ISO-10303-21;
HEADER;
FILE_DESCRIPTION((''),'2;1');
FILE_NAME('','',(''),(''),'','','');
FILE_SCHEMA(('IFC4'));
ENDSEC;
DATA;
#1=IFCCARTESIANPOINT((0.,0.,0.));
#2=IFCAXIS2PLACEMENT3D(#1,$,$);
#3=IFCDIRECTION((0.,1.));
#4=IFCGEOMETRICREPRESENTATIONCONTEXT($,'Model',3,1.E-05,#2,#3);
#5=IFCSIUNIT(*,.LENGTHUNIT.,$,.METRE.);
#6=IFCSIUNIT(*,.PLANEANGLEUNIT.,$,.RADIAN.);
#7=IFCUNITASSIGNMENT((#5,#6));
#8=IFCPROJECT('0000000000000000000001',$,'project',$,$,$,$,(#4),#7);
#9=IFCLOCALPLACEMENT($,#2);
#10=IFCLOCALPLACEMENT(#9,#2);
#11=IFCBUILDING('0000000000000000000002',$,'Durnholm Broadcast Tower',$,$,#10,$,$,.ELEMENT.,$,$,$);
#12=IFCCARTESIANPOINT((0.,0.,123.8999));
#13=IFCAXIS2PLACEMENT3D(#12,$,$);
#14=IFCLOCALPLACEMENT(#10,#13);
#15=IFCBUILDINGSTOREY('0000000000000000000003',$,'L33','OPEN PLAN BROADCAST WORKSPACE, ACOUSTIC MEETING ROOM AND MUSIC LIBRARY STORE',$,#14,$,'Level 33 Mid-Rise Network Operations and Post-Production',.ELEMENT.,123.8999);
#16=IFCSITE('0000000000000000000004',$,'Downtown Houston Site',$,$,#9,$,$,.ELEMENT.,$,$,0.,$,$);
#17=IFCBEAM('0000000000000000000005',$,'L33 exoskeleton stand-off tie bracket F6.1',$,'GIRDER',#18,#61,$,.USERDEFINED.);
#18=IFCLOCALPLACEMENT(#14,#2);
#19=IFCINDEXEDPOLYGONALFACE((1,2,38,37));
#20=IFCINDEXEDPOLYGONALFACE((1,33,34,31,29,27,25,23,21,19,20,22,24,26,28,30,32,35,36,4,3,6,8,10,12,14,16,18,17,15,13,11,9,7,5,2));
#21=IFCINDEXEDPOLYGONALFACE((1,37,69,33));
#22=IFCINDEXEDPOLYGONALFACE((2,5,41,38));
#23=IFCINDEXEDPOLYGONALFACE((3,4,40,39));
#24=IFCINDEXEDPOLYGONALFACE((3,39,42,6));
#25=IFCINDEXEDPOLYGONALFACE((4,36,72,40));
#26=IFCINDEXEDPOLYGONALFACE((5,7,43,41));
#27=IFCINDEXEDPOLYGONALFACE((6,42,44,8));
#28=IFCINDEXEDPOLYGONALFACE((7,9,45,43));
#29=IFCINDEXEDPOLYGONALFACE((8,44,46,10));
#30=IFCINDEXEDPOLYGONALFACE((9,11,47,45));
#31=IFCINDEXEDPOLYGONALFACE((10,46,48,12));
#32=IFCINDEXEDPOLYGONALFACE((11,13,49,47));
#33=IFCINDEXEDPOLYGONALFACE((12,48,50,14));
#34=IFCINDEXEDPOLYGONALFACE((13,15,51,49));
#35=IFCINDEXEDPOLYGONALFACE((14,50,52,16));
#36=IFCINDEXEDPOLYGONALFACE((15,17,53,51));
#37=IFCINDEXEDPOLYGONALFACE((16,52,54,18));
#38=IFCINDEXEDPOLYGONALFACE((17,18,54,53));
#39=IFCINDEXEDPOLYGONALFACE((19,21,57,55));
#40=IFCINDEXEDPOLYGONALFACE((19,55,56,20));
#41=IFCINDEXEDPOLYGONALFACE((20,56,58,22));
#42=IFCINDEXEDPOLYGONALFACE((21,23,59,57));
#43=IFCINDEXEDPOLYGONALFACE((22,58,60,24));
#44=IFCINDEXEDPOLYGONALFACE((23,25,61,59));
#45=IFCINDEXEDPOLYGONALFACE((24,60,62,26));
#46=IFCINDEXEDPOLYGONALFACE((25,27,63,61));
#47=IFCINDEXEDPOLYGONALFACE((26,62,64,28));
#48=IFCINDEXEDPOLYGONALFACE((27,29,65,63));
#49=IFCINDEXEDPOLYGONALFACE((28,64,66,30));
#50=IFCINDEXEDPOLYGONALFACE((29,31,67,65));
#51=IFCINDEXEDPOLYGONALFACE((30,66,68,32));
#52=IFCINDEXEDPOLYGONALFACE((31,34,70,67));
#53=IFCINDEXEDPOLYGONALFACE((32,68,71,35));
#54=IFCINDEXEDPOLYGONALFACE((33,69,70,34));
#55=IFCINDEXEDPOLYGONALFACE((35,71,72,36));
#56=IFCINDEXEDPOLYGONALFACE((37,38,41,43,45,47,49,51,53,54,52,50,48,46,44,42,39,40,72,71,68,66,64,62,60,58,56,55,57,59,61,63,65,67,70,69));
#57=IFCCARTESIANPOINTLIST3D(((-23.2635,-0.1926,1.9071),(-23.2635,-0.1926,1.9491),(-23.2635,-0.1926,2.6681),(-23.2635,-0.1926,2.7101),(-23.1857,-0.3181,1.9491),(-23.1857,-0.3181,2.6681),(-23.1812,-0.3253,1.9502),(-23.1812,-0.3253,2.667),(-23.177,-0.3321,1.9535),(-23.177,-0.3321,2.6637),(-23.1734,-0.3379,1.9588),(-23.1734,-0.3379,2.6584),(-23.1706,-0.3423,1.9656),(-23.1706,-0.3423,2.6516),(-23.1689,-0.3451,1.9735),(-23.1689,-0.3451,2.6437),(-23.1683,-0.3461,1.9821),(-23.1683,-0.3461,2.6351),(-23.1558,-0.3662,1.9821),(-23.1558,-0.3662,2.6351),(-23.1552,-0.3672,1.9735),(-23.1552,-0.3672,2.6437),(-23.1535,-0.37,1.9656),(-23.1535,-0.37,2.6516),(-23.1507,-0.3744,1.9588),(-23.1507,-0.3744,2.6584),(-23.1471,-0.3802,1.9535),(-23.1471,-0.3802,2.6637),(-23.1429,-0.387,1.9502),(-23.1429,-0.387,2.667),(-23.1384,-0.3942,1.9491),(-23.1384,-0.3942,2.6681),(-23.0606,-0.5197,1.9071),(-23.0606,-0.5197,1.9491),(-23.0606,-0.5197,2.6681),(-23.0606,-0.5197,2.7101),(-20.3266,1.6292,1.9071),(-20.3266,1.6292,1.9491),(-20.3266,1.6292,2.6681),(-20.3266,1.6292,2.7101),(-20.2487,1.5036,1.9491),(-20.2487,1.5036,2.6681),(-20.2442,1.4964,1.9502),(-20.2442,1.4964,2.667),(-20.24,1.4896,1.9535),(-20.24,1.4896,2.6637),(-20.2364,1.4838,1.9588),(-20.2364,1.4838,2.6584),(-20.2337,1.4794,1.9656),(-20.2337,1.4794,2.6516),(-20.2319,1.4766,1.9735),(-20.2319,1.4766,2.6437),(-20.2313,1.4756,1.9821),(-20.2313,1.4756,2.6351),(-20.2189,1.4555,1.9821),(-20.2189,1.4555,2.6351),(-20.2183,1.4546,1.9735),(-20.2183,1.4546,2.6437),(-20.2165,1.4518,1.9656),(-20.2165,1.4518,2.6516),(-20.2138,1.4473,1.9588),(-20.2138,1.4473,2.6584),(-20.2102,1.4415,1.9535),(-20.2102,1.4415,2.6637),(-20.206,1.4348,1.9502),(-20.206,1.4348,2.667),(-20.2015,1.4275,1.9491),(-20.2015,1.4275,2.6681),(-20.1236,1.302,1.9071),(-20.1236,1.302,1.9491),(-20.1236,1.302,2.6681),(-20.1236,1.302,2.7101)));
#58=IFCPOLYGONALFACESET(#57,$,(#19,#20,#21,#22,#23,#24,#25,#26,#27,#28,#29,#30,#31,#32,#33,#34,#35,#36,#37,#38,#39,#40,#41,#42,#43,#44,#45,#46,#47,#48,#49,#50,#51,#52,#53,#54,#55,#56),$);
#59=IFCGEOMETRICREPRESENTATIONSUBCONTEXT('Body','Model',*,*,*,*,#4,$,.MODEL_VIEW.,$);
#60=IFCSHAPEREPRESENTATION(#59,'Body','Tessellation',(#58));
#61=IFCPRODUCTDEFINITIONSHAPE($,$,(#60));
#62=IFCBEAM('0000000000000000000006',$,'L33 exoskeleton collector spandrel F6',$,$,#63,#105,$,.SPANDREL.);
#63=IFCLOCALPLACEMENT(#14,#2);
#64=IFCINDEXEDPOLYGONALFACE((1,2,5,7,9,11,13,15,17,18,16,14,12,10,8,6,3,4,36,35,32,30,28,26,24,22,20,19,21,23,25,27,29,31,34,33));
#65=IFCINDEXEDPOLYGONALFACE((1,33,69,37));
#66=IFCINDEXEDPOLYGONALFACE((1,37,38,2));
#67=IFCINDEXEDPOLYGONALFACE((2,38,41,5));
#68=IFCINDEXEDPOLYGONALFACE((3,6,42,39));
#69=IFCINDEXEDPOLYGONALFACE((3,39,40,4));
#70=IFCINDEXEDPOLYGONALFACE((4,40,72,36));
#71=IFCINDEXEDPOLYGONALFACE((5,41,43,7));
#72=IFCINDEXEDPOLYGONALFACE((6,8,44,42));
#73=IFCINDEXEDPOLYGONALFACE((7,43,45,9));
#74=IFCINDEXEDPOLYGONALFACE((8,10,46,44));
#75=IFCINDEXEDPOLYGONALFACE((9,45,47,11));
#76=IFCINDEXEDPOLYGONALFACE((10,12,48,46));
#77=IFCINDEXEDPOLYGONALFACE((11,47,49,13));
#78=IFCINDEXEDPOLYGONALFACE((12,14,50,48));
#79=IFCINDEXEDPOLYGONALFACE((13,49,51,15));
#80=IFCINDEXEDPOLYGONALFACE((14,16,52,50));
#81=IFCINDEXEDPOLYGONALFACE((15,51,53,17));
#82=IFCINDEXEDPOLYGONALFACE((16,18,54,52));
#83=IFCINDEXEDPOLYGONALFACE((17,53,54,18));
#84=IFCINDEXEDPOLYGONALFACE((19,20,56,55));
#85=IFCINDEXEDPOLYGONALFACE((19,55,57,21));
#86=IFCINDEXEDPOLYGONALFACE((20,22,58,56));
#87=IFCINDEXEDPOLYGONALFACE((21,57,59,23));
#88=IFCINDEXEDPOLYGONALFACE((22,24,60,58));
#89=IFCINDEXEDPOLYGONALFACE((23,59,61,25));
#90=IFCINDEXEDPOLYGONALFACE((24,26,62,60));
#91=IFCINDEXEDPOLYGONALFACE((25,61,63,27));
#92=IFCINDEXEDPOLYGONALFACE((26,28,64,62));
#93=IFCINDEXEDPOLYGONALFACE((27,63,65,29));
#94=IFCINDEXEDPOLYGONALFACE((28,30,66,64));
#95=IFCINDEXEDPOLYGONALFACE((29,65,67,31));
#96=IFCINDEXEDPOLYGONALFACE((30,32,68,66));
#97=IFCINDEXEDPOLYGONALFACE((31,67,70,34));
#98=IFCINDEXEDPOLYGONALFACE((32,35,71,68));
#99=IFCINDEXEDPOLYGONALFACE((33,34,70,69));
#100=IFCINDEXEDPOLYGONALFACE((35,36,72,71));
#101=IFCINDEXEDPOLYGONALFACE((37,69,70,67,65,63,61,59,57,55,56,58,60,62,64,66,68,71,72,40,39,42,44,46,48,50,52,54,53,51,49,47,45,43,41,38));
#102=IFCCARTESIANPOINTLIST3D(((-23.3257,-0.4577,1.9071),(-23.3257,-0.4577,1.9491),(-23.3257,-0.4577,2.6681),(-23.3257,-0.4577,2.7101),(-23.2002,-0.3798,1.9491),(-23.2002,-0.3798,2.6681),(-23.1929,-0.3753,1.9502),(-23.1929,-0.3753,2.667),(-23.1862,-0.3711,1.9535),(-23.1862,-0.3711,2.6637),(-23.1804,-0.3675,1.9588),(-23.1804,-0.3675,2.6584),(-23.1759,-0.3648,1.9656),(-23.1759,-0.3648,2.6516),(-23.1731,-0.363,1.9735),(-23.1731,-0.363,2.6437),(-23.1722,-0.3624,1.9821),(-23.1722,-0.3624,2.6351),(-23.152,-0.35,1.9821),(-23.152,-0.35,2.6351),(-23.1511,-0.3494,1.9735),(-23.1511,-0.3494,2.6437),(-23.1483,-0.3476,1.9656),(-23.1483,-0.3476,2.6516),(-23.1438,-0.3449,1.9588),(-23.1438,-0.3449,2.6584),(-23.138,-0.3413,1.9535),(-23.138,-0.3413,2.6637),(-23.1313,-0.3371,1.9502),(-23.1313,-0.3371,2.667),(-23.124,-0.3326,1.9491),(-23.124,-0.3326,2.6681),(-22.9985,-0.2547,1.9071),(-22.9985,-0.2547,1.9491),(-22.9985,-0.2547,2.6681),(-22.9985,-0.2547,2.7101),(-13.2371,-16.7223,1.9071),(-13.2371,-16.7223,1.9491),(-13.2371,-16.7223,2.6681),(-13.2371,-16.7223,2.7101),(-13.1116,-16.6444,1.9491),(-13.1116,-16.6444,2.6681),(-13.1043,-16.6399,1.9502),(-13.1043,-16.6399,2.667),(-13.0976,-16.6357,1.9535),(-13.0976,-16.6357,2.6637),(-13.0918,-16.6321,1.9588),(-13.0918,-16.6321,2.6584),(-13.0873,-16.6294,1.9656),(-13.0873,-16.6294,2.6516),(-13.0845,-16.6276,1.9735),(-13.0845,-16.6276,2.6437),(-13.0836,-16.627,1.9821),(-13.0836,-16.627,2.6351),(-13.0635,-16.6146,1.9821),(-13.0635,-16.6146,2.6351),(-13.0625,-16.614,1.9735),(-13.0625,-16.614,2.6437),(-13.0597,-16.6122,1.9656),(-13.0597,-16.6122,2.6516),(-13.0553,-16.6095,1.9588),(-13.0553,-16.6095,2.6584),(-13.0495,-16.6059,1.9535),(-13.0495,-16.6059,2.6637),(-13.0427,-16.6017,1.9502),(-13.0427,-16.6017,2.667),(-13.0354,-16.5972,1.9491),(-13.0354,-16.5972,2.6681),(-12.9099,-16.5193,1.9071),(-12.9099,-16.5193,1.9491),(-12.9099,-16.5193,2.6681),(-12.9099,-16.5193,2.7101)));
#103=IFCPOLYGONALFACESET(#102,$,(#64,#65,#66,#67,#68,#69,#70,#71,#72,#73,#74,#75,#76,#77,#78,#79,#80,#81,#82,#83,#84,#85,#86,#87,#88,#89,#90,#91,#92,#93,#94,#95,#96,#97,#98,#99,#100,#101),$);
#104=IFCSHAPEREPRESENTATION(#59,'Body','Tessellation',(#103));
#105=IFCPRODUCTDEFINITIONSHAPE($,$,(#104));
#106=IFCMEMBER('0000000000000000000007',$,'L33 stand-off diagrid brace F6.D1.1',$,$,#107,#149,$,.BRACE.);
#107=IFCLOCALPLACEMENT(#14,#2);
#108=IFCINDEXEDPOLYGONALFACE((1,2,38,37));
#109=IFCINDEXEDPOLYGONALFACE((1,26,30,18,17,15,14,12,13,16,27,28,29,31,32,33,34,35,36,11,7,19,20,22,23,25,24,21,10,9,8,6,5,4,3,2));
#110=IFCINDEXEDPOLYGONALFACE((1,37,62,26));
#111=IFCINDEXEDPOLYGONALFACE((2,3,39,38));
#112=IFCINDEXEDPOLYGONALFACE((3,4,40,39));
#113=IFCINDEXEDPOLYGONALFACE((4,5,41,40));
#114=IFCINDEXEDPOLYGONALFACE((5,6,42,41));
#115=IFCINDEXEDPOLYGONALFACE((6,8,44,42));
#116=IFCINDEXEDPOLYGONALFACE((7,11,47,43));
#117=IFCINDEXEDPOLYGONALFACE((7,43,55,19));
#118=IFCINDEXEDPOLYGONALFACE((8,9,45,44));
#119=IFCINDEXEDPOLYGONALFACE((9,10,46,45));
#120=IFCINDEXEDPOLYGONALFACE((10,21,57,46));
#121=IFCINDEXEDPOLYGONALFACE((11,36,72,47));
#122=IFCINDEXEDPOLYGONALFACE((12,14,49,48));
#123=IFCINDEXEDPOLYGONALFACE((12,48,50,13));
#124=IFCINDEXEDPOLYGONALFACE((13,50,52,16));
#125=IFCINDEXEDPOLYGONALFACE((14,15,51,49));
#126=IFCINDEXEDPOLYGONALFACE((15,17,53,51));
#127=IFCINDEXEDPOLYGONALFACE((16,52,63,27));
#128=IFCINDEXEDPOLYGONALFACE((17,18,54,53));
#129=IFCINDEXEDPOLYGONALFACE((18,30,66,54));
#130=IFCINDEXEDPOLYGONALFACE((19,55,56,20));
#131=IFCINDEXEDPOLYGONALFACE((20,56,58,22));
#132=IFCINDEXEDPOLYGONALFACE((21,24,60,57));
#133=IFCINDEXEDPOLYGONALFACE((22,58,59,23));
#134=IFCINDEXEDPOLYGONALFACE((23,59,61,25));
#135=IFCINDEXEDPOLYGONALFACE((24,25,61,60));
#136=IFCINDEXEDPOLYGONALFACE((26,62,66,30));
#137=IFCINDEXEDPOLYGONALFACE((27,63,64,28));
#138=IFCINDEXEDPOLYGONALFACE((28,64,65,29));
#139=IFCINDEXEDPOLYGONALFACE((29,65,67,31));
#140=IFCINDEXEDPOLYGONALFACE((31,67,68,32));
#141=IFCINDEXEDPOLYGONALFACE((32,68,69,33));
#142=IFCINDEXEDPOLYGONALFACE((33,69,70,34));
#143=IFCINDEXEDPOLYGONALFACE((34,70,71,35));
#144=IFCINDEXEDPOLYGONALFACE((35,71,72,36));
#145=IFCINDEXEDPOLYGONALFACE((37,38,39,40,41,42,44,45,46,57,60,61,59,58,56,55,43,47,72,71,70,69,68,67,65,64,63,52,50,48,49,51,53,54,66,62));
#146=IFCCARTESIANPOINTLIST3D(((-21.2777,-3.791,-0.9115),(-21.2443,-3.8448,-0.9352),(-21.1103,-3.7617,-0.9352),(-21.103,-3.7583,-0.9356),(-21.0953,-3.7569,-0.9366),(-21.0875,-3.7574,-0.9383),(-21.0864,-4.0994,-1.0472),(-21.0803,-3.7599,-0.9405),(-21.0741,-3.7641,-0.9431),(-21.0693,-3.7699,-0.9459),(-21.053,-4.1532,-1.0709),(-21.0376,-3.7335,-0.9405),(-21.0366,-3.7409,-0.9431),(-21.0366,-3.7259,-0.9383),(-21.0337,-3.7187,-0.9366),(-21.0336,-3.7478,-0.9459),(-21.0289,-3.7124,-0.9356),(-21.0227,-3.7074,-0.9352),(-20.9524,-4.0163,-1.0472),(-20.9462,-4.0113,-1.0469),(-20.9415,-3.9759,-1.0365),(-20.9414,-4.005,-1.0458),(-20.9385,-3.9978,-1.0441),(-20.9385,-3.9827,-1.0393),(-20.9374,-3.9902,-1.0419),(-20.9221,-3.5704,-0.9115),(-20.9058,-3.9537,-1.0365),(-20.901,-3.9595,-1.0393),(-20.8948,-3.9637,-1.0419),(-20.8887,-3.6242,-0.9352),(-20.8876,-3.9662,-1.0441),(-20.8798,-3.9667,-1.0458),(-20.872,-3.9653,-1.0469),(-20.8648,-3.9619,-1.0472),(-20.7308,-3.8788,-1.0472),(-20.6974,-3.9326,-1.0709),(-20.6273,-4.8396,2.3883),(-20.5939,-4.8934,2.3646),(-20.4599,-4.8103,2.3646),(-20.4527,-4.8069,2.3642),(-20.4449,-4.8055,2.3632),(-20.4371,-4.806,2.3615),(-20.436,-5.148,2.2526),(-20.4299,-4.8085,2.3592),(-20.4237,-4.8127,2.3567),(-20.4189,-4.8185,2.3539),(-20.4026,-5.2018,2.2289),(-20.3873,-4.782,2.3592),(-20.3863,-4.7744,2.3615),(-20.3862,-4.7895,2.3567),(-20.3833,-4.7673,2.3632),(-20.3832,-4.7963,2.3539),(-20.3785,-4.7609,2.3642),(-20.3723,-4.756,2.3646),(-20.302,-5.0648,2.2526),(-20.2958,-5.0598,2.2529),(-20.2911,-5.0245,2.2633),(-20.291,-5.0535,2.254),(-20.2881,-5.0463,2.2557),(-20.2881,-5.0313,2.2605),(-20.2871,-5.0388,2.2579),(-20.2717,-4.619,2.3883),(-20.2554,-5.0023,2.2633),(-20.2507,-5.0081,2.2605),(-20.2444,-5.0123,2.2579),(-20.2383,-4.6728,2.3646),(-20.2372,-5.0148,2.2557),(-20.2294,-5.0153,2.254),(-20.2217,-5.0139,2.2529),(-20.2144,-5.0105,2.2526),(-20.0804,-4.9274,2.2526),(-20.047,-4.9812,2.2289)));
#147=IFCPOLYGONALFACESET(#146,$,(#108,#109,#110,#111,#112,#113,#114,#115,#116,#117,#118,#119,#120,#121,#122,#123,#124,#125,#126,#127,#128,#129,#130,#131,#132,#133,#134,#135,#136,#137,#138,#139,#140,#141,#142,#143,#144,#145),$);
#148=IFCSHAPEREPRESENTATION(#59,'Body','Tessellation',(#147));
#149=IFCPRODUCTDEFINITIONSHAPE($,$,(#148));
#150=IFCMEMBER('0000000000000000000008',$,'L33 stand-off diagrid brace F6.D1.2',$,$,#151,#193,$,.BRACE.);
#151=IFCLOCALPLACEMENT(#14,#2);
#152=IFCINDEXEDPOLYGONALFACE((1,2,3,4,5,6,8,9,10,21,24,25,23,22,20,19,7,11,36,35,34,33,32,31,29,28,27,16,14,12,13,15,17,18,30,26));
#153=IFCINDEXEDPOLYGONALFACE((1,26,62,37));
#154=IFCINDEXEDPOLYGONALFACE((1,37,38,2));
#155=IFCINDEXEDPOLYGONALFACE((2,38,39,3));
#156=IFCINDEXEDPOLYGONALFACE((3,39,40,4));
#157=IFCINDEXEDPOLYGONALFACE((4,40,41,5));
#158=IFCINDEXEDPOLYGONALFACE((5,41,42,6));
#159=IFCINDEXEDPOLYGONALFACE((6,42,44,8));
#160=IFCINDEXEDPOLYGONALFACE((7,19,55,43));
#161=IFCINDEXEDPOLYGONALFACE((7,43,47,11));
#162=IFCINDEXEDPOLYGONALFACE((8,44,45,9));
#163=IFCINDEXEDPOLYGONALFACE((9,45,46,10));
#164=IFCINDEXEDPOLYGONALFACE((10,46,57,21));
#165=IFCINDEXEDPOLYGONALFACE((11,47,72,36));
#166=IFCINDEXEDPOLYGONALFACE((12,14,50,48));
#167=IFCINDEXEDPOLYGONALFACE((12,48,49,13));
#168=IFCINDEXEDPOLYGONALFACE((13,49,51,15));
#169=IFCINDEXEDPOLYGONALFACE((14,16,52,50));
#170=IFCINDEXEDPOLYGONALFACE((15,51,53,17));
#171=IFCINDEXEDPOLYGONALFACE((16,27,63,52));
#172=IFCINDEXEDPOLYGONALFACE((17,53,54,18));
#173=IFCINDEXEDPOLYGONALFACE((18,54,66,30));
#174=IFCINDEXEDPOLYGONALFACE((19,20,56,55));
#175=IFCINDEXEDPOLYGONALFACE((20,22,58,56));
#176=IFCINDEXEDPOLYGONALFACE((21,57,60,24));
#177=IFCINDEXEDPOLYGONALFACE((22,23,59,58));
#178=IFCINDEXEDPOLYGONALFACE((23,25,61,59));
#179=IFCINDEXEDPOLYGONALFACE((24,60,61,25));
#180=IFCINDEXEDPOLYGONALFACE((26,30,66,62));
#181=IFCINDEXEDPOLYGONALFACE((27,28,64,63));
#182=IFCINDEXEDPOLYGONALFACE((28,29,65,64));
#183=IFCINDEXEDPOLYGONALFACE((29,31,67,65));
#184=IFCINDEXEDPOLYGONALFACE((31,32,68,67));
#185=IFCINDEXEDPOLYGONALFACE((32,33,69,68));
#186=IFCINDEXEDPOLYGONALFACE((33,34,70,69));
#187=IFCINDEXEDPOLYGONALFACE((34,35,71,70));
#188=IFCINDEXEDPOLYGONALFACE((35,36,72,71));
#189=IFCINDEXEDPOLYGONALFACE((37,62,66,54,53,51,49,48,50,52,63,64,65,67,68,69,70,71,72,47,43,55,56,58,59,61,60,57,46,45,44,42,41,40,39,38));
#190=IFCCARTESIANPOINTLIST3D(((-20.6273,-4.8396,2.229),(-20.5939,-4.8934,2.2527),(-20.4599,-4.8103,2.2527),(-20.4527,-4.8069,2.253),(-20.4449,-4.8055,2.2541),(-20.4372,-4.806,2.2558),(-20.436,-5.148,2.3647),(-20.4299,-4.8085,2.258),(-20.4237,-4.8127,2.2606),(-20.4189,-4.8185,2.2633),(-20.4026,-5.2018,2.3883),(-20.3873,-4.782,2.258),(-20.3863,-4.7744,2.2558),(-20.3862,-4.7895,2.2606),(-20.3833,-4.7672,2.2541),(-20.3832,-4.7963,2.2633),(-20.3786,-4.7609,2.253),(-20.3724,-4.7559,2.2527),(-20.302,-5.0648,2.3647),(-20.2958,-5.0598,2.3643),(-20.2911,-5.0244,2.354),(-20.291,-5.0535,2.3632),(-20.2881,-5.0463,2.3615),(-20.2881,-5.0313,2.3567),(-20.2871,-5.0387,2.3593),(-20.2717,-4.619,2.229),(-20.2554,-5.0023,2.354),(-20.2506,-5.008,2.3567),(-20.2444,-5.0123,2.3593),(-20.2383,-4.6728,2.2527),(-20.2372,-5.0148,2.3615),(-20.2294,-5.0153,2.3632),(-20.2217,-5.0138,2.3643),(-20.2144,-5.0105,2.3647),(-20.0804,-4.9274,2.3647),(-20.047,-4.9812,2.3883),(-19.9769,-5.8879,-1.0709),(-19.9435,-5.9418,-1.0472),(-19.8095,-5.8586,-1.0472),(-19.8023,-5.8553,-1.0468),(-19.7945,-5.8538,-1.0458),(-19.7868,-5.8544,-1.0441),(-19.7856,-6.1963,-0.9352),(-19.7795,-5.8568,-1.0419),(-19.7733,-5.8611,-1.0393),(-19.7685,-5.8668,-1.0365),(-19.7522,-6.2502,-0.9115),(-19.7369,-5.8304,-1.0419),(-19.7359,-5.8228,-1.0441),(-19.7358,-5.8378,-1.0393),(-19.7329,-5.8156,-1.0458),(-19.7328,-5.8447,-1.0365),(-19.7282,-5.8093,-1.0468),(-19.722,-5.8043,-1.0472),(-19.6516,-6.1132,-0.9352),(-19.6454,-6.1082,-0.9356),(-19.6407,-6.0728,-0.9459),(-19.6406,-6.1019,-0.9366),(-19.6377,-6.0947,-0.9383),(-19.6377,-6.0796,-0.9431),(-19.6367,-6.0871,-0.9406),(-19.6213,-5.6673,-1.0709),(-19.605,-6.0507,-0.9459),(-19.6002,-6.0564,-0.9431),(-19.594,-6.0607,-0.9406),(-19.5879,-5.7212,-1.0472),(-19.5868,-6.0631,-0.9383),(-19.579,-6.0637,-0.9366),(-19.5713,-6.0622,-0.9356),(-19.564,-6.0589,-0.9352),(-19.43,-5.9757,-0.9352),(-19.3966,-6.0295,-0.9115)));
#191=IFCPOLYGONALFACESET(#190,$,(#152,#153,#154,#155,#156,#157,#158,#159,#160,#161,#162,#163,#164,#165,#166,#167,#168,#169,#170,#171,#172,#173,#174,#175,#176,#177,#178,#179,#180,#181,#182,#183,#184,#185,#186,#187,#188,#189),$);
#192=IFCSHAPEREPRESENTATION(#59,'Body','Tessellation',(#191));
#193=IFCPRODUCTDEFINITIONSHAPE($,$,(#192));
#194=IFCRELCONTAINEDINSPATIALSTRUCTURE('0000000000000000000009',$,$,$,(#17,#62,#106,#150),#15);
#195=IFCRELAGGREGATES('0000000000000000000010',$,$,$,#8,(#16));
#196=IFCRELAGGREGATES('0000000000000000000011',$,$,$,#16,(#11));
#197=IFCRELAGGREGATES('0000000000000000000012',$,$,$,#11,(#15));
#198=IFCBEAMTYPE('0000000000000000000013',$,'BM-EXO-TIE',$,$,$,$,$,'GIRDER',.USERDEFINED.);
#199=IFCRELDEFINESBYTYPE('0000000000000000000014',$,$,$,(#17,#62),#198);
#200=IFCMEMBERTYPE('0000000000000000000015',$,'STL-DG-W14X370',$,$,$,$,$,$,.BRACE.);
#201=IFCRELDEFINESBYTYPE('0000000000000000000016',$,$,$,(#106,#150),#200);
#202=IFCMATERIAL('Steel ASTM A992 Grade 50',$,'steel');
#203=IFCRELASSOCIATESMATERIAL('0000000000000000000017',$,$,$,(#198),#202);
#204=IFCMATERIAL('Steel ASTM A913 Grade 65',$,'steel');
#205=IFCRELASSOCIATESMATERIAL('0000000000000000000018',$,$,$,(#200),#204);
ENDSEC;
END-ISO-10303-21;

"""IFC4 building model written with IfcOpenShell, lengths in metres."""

from ifc_helpers import new_model, si_unit, direction, frame, origin, origin_2d, place, context, subcontext, project, spatial, i_section, extrude, source, transform, mapped, material, material_profile, profile_set, type_object, type_shapes, element, save


model = new_model("IFC4")

# Units and contexts
model_context = context("Model", 3, precision=1e-05, world=origin(), true_north=direction((0.0, 1.0)))
body_context = subcontext(model_context, "Body", "Model", "MODEL_VIEW")
ifc_project = project(units=[si_unit("LENGTHUNIT", "METRE"), si_unit("PLANEANGLEUNIT", "RADIAN")], contexts=[model_context])

# Site, building, storey
site_placement = place(None, origin())
site = spatial("IfcSite", under=ifc_project, at=site_placement, Name="Downtown Houston Site", CompositionType="ELEMENT", RefElevation=0.0)
building_placement = place(site_placement, origin())
building = spatial("IfcBuilding", under=site, at=building_placement, Name="Durnholm Broadcast Tower", CompositionType="ELEMENT")
storey_placement = place(building_placement, frame((0.0, 0.0, 123.8999)))
storey = spatial("IfcBuildingStorey", under=building, at=storey_placement, Name="L33", Description="OPEN PLAN BROADCAST WORKSPACE, ACOUSTIC MEETING ROOM AND MUSIC LIBRARY STORE", LongName="Level 33 Mid-Rise Network Operations and Post-Production", CompositionType="ELEMENT", Elevation=123.8999)

# Beams
ifc_material_1 = material(Name="Steel ASTM A992 Grade 50", Category="steel")
ifc_material_profile_1 = material_profile(ifc_material_1, i_section(OverallWidth=0.385, OverallDepth=0.803, WebThickness=0.0237, FlangeThickness=0.042, FilletRadius=0.033, at=origin_2d()), Name="W30X261")
ifc_profile_set_1 = profile_set([ifc_material_profile_1], Name="Steel ASTM A992 Grade 50")
beam_type = type_object("IfcBeamType", Name="BM-EXO-TIE", ElementType="GIRDER", PredefinedType="USERDEFINED", material=ifc_profile_set_1)
shared_shape_1 = source(origin(), body_context, "Body", "SweptSolid", [
    extrude(i_section(OverallWidth=0.385, OverallDepth=0.803, WebThickness=0.0237, FlangeThickness=0.042, FilletRadius=0.033, at=origin_2d()), origin(), (0.0, 0.0, 1.0), 3.4561),
])
beam_1_placement = place(storey_placement, frame((-20.2251, 1.4656, 2.3086), z_axis=(-0.849795, -0.527113, 0.0), x_axis=(0.527113, -0.849795, 0.0)))
element("IfcBeam", 1, at=beam_1_placement, inside=storey, type_object=beam_type, Name="L33 exoskeleton stand-off tie bracket F6.1", ObjectType="GIRDER", PredefinedType="USERDEFINED", context=body_context, shape_type="MappedRepresentation", body=[
    mapped(shared_shape_1, transform((0.0, 0.0, 0.0), x_axis=(1.0, 0.0, 0.0), y_axis=(0.0, 1.0, 0.0), z_axis=(0.0, 0.0, 1.0), scale=1.0)),
])
shared_shape_2 = source(origin(), body_context, "Body", "SweptSolid", [
    extrude(i_section(OverallWidth=0.385, OverallDepth=0.803, WebThickness=0.0237, FlangeThickness=0.042, FilletRadius=0.033, at=origin_2d()), origin(), (0.0, 0.0, 1.0), 19.1394),
])
type_shapes(beam_type, [shared_shape_1, shared_shape_2])
beam_2_placement = place(storey_placement, frame((-23.1621, -0.3562, 2.3086), z_axis=(0.527111, -0.849796, 0.0), x_axis=(0.849796, 0.527111, 0.0)))
element("IfcBeam", 2, at=beam_2_placement, inside=storey, type_object=beam_type, Name="L33 exoskeleton collector spandrel F6", PredefinedType="SPANDREL", context=body_context, shape_type="MappedRepresentation", body=[
    mapped(shared_shape_2, transform((0.0, 0.0, 0.0), x_axis=(1.0, 0.0, 0.0), y_axis=(0.0, 1.0, 0.0), z_axis=(0.0, 0.0, 1.0), scale=1.0)),
])

# Members
ifc_material_2 = material(Name="Steel ASTM A913 Grade 65", Category="steel")
ifc_material_profile_2 = material_profile(ifc_material_2, i_section(OverallWidth=0.4185, OverallDepth=0.4551, WebThickness=0.042, FlangeThickness=0.0676, FilletRadius=0.0305, at=origin_2d()), Name="W14X370")
ifc_profile_set_2 = profile_set([ifc_material_profile_2], Name="Steel ASTM A913 Grade 65")
member_type_1 = type_object("IfcMemberType", Name="STL-DG-W14X370", PredefinedType="BRACE", material=ifc_profile_set_2)
shared_shape_3 = source(origin(), body_context, "Body", "SweptSolid", [
    extrude(i_section(OverallWidth=0.4185, OverallDepth=0.4551, WebThickness=0.042, FlangeThickness=0.0676, FilletRadius=0.0305, at=origin_2d()), origin(), (0.0, 0.0, 1.0), 3.5229),
])
type_shapes(member_type_1, [shared_shape_3])
for number, where, z_axis, x_axis, name in (
    (3, (-20.9875, -3.8618, -0.9912), (0.184615, -0.297643, 0.936657), (0.849805, 0.527097, 0.0), "L33 stand-off diagrid brace F6.D1.1"),
    (4, (-19.6868, -5.9587, -0.9912), (-0.184619, 0.29758, 0.936676), (-0.84975, -0.527186, 0.0), "L33 stand-off diagrid brace F6.D1.2"),
):
    element("IfcMember", number, at=place(storey_placement, frame(where, z_axis=z_axis, x_axis=x_axis)), inside=storey, type_object=member_type_1, Name=name, PredefinedType="BRACE", context=body_context, shape_type="MappedRepresentation", body=[
        mapped(shared_shape_3, transform((0.0, 0.0, 0.0), x_axis=(1.0, 0.0, 0.0), y_axis=(0.0, 1.0, 0.0), z_axis=(0.0, 0.0, 1.0), scale=1.0)),
    ])

save(model, "model.ifc")
